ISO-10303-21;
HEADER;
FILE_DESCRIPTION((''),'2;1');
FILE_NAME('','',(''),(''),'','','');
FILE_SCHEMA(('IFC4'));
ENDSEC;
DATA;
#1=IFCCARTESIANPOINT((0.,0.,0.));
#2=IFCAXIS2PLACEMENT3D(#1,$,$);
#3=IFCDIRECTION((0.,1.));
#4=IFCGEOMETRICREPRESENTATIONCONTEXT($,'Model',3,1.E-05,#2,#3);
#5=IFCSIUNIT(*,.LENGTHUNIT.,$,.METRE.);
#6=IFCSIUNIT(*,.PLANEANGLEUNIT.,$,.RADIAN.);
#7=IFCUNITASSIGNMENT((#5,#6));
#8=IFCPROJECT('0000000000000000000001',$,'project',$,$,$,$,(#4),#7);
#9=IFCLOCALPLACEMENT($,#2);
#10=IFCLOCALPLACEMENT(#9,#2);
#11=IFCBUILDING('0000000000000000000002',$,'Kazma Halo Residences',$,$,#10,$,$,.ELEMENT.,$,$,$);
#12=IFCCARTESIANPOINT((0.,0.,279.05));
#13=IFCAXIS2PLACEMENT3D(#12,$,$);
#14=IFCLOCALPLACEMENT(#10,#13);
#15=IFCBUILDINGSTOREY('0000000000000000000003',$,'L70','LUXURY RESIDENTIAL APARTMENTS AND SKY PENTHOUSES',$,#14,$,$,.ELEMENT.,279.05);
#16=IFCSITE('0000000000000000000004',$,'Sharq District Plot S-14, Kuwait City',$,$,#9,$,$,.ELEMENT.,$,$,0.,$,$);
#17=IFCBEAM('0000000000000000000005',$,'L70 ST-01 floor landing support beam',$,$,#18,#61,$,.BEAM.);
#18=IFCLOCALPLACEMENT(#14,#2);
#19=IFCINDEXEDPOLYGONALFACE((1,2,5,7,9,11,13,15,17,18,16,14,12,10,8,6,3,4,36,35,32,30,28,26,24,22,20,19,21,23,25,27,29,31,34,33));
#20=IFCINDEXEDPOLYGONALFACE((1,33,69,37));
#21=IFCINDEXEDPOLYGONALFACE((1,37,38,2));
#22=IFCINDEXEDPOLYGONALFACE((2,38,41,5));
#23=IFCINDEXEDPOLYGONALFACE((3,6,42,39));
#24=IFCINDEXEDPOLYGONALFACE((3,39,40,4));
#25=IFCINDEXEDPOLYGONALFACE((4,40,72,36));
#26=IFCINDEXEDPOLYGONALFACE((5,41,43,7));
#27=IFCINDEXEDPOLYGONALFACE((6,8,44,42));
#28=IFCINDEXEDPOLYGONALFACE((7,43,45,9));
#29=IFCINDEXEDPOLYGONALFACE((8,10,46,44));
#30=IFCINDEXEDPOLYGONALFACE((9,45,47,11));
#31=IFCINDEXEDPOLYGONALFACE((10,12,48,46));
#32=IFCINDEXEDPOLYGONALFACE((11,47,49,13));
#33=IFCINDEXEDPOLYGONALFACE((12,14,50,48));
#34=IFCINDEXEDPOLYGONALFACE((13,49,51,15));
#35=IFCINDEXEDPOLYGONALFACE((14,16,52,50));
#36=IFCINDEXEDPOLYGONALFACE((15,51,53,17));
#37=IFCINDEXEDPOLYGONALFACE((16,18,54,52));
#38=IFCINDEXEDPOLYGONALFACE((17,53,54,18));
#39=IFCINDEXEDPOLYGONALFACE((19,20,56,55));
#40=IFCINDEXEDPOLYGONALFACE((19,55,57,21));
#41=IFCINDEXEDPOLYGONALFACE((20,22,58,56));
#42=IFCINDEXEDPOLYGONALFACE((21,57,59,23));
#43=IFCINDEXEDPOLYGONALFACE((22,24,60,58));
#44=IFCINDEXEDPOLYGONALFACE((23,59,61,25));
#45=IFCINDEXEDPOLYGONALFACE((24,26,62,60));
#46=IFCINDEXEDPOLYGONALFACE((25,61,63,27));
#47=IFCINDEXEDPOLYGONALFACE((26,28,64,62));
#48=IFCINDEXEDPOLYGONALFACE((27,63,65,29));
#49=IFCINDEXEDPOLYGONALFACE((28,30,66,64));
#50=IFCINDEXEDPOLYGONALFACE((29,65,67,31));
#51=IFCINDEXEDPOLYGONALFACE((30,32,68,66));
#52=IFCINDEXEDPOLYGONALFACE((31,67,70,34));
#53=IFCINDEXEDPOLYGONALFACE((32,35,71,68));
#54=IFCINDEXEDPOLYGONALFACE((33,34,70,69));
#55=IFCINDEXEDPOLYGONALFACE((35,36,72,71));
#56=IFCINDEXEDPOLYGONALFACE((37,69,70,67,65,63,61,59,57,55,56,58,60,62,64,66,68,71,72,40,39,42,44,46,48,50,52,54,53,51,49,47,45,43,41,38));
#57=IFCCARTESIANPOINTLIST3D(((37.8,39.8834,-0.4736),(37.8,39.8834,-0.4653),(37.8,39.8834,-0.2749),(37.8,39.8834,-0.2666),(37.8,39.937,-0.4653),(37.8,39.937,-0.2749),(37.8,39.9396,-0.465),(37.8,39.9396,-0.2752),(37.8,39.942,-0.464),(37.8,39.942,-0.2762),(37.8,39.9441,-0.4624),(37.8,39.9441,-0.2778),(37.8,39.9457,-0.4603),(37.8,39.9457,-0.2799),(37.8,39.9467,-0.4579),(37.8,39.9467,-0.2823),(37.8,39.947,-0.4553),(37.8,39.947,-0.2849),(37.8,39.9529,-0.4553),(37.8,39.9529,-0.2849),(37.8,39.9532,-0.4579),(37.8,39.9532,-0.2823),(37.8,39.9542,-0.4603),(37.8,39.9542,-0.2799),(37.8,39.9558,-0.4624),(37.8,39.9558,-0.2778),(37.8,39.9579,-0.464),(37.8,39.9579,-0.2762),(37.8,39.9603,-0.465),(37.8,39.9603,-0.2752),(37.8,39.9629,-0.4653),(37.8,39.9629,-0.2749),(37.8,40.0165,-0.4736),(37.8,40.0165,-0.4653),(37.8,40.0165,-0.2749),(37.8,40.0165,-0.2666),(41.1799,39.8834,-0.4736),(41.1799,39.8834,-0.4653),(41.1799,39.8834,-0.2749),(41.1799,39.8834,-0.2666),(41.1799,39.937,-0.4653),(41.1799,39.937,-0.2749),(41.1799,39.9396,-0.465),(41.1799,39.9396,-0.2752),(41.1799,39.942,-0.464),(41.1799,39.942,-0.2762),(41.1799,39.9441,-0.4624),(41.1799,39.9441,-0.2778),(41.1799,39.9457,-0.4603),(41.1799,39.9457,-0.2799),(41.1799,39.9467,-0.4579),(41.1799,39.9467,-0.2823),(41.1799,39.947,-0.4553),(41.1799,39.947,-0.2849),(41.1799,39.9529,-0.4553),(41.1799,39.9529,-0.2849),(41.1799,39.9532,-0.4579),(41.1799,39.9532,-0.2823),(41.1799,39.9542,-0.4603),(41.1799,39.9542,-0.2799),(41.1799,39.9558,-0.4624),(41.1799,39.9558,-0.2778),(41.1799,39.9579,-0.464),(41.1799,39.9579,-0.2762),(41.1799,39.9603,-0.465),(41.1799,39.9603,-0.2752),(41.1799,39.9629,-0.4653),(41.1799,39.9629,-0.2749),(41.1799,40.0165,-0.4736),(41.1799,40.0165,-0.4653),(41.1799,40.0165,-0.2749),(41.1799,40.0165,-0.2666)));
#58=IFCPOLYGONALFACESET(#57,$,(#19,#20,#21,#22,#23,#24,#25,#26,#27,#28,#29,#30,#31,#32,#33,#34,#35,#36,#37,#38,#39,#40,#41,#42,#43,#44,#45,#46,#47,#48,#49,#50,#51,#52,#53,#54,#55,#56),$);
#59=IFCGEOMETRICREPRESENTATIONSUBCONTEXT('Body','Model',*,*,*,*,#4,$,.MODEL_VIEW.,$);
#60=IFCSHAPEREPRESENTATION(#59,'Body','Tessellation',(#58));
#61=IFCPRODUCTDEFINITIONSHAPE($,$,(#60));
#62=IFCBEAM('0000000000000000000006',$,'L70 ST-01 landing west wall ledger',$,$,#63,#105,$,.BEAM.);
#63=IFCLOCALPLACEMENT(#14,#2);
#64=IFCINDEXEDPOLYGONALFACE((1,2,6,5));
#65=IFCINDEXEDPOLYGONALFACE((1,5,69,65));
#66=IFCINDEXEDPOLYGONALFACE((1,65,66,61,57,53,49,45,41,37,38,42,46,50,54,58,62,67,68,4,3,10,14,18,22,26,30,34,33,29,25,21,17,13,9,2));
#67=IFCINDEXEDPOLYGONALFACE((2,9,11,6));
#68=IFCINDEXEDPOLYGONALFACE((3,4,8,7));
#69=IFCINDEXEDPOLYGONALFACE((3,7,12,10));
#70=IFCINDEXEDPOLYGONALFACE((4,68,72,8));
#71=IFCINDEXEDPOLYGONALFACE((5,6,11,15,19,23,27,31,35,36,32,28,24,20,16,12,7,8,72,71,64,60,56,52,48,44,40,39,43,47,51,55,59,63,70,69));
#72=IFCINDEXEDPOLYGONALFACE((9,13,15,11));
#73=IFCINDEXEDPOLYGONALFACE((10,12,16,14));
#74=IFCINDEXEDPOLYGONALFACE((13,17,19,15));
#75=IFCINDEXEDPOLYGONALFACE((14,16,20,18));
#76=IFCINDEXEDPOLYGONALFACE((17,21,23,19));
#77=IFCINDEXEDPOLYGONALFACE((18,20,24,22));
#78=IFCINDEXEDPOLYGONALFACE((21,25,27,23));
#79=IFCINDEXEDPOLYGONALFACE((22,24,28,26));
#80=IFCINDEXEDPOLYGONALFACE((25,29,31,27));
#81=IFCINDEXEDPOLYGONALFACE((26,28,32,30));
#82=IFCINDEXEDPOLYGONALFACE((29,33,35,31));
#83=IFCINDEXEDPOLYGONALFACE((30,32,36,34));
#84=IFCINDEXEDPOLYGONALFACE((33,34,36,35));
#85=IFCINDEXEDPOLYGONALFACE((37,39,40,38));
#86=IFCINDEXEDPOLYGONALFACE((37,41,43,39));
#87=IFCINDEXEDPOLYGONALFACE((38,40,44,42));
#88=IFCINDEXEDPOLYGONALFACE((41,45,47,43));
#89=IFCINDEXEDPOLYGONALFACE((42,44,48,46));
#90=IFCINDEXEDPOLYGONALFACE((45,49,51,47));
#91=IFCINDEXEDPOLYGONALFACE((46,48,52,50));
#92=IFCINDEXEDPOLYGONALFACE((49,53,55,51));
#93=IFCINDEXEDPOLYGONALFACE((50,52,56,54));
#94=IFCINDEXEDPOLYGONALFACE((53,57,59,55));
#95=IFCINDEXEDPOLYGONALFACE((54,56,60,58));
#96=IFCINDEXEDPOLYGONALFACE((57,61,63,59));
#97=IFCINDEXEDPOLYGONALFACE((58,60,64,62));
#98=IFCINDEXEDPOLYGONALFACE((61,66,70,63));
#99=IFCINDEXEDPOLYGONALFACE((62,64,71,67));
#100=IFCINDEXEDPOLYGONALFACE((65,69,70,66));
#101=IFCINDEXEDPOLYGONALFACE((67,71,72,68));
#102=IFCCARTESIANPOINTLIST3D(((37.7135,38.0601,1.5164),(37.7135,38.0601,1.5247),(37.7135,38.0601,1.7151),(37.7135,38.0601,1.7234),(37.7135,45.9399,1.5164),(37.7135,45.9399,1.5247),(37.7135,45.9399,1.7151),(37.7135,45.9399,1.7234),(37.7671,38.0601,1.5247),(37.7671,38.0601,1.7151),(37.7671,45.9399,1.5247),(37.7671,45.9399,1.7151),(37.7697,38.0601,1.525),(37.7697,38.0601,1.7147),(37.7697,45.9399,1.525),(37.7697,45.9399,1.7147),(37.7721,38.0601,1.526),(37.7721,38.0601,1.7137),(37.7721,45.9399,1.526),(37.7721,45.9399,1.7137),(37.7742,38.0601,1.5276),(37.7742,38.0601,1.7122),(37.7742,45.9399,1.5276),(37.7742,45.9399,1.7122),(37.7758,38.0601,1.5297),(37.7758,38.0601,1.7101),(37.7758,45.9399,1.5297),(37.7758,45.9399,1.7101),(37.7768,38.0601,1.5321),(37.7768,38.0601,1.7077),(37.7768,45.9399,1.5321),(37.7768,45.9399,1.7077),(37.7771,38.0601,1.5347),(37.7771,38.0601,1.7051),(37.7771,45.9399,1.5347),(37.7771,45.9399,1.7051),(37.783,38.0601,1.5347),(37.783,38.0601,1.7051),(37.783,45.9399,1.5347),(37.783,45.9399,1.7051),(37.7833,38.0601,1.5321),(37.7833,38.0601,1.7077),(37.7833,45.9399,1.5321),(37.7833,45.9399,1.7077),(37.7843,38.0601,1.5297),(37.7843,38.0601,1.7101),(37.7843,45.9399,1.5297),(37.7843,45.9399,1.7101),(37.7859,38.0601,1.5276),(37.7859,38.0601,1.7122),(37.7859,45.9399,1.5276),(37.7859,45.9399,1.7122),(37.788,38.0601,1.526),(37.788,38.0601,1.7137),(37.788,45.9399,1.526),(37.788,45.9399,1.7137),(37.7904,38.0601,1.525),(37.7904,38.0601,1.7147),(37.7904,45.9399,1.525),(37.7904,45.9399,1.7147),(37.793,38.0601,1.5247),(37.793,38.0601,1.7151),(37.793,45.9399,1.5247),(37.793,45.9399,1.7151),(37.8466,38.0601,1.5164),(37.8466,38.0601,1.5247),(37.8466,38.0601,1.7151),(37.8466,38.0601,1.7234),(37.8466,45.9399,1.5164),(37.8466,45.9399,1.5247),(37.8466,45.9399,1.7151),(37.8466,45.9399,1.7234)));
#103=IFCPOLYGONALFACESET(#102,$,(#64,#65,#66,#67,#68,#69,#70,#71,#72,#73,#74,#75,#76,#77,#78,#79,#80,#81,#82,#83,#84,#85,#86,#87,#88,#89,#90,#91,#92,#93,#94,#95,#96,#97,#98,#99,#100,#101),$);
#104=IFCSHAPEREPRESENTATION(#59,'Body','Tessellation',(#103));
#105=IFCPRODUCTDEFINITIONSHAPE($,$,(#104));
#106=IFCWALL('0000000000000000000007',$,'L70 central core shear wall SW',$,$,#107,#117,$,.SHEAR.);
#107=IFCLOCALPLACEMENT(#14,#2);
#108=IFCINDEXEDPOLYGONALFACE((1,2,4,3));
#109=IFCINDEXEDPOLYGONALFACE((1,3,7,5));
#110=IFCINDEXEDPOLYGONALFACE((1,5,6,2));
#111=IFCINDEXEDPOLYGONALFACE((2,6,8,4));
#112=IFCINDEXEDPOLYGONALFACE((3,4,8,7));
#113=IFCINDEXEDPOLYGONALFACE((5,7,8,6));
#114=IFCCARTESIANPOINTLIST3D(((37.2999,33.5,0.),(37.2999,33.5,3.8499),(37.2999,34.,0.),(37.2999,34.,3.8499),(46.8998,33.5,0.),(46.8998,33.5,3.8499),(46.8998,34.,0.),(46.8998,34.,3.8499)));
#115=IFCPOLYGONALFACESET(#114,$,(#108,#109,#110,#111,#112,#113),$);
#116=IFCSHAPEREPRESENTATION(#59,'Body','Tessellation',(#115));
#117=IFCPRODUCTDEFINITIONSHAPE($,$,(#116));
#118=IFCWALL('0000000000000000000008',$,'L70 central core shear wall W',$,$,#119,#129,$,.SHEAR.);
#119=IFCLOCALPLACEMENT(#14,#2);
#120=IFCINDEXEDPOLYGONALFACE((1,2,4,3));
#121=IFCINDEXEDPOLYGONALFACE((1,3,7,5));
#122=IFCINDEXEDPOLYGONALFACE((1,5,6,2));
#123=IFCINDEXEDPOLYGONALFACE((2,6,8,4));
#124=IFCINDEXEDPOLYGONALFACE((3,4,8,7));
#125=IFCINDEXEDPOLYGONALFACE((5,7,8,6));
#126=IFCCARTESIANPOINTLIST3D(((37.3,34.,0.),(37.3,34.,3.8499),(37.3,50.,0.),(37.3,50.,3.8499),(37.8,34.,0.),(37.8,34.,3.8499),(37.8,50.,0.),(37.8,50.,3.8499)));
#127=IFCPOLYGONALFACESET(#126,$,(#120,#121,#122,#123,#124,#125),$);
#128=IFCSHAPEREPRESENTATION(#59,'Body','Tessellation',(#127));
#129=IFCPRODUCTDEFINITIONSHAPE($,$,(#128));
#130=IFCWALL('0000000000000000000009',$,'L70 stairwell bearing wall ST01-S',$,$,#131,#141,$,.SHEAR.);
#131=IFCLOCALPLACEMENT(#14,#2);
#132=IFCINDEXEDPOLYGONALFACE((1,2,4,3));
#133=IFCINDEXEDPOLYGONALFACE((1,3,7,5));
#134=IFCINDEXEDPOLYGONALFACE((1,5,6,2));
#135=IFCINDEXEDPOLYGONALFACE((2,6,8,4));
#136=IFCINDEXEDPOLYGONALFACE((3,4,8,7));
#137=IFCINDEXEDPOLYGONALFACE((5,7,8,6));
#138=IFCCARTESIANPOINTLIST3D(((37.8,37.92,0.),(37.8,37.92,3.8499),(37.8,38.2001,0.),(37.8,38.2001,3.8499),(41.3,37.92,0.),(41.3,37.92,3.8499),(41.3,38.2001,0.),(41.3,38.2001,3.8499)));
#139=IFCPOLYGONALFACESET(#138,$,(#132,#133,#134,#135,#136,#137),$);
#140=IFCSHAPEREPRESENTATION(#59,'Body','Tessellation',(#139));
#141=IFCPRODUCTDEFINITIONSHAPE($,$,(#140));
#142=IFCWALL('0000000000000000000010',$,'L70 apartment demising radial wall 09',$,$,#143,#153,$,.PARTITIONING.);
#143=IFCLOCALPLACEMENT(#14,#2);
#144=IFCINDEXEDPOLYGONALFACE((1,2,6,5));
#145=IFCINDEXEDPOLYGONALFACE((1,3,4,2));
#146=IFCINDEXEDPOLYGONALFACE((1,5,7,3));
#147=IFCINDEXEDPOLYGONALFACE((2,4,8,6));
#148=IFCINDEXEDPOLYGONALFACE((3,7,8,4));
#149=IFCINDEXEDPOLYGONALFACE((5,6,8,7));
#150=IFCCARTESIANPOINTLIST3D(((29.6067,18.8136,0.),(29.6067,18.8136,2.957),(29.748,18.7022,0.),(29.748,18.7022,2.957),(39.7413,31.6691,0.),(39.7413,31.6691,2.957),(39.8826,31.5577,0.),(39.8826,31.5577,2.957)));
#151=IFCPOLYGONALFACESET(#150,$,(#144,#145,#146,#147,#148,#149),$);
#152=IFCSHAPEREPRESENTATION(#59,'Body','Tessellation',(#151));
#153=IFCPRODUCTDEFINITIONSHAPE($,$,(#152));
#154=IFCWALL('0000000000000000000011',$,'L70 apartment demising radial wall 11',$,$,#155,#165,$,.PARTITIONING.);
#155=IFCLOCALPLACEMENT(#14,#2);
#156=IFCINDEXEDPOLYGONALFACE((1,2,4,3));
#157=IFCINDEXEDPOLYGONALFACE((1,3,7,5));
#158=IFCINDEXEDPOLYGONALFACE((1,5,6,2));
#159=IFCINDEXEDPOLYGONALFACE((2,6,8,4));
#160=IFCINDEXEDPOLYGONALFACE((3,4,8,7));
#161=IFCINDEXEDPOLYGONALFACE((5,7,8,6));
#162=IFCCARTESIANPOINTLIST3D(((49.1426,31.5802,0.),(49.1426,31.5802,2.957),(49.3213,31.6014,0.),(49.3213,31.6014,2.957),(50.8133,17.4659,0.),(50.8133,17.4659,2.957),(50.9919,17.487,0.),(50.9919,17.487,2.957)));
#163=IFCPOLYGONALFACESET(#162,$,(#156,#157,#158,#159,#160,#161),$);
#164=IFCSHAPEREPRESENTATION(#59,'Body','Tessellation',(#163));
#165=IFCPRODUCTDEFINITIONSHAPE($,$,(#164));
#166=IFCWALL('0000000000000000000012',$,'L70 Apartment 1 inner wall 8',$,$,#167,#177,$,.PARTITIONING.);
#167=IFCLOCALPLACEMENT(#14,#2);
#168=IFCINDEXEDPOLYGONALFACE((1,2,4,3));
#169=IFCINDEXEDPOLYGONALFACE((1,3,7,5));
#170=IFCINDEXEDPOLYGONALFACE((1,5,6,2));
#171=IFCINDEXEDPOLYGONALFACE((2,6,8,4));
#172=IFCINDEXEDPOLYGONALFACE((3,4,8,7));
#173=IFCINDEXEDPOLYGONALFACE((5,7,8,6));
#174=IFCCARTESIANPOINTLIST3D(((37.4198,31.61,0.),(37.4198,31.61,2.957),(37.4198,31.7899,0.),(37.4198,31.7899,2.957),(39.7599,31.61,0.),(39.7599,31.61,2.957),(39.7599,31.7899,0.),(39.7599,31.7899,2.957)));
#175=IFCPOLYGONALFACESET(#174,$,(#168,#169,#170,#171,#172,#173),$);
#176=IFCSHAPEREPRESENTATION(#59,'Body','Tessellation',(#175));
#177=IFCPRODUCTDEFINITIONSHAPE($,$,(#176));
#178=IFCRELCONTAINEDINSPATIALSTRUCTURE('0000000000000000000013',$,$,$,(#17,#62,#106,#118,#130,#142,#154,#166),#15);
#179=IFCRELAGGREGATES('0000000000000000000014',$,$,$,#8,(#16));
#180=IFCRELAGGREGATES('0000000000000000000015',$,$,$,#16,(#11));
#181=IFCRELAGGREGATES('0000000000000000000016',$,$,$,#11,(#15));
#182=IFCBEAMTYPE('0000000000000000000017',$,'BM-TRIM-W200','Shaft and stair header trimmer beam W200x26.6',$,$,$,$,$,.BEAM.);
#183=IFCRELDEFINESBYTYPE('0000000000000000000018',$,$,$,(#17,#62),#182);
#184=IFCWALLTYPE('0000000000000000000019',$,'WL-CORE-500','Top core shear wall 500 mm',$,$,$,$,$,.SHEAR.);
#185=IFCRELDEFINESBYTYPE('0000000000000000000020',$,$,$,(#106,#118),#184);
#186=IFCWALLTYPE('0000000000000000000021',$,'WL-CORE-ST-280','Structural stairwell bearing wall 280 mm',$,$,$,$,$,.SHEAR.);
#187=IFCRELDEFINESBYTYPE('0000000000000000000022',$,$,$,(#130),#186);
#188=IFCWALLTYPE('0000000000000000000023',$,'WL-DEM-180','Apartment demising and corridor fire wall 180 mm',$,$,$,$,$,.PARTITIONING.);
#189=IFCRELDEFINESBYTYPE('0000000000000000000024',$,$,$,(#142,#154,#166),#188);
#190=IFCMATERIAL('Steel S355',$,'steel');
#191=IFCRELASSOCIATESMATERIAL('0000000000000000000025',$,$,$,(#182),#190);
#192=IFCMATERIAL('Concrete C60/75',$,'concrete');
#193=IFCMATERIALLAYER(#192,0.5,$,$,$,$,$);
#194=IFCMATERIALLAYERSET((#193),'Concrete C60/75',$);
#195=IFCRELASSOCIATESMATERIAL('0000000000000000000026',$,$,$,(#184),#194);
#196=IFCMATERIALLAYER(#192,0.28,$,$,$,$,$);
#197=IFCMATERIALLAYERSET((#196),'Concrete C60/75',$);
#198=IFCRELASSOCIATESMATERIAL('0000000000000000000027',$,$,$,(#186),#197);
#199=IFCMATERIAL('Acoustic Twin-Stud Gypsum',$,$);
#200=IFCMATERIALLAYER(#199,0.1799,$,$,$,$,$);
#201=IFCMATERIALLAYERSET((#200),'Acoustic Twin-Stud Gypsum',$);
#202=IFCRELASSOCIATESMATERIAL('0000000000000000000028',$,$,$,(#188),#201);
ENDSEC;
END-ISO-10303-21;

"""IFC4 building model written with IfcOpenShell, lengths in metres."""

from ifc_helpers import new_model, si_unit, direction, frame, frame_2d, origin, origin_2d, place, context, subcontext, project, spatial, rectangle, i_section, extrude, material, layer, layer_set, material_profile, profile_set, type_object, element, save


model = new_model("IFC4")

# Units and contexts
model_context = context("Model", 3, precision=1e-05, world=origin(), true_north=direction((0.0, 1.0)))
body_context = subcontext(model_context, "Body", "Model", "MODEL_VIEW")
ifc_project = project(units=[si_unit("LENGTHUNIT", "METRE"), si_unit("PLANEANGLEUNIT", "RADIAN")], contexts=[model_context])

# Site, building, storey
site_placement = place(None, origin())
site = spatial("IfcSite", under=ifc_project, at=site_placement, Name="Sharq District Plot S-14, Kuwait City", CompositionType="ELEMENT", RefElevation=0.0)
building_placement = place(site_placement, origin())
building = spatial("IfcBuilding", under=site, at=building_placement, Name="Kazma Halo Residences", CompositionType="ELEMENT")
storey_placement = place(building_placement, frame((0.0, 0.0, 279.05)))
storey = spatial("IfcBuildingStorey", under=building, at=storey_placement, Name="L70", Description="LUXURY RESIDENTIAL APARTMENTS AND SKY PENTHOUSES", CompositionType="ELEMENT", Elevation=279.05)

# Beams
ifc_material_1 = material(Name="Steel S355", Category="steel")
ifc_material_profile_1 = material_profile(ifc_material_1, i_section(OverallWidth=0.1331, OverallDepth=0.207, WebThickness=0.0059, FlangeThickness=0.0083, FilletRadius=0.01, at=origin_2d()), Name="W200x26.6")
ifc_profile_set_1 = profile_set([ifc_material_profile_1], Name="Steel S355")
beam_type_1 = type_object("IfcBeamType", Name="BM-TRIM-W200", Description="Shaft and stair header trimmer beam W200x26.6", PredefinedType="BEAM", material=ifc_profile_set_1)
beam_1_placement = place(storey_placement, frame((37.8, 39.95, -0.3701), z_axis=(1.0, 0.0, 0.0), x_axis=(0.0, 1.0, 0.0)))
element("IfcBeam", 1, at=beam_1_placement, inside=storey, type_object=beam_type_1, Name="L70 ST-01 floor landing support beam", PredefinedType="BEAM", context=body_context, shape_type="SweptSolid", body=[
    extrude(i_section(OverallWidth=0.1331, OverallDepth=0.207, WebThickness=0.0059, FlangeThickness=0.0083, FilletRadius=0.01, at=origin_2d()), origin(), (0.0, 0.0, 1.0), 3.3799),
])
beam_2_placement = place(storey_placement, frame((37.78, 38.0601, 1.6199), z_axis=(0.0, 1.0, 0.0), x_axis=(-1.0, 0.0, 0.0)))
element("IfcBeam", 2, at=beam_2_placement, inside=storey, type_object=beam_type_1, Name="L70 ST-01 landing west wall ledger", PredefinedType="BEAM", context=body_context, shape_type="SweptSolid", body=[
    extrude(i_section(OverallWidth=0.1331, OverallDepth=0.207, WebThickness=0.0059, FlangeThickness=0.0083, FilletRadius=0.01, at=origin_2d()), origin(), (0.0, 0.0, 1.0), 7.8799),
])

# Walls
ifc_material_2 = material(Name="Concrete C60/75", Category="concrete")
ifc_layer_1 = layer(ifc_material_2, 0.5)
ifc_layer_set_1 = layer_set([ifc_layer_1], Name="Concrete C60/75")
wall_type_1 = type_object("IfcWallType", Name="WL-CORE-500", Description="Top core shear wall 500 mm", PredefinedType="SHEAR", material=ifc_layer_set_1)
wall_1_placement = place(storey_placement, frame((37.3, 33.75, 0.0), z_axis=(0.0, 0.0, 1.0), x_axis=(1.0, 0.0, 0.0)))
element("IfcWall", 3, at=wall_1_placement, inside=storey, type_object=wall_type_1, Name="L70 central core shear wall SW", PredefinedType="SHEAR", context=body_context, shape_type="SweptSolid", body=[
    extrude(rectangle(XDim=9.5999, YDim=0.5, at=frame_2d((4.7998, 0.0))), origin(), (0.0, 0.0, 1.0), 3.8499),
])
wall_2_placement = place(storey_placement, frame((37.55, 34.0, 0.0), z_axis=(0.0, 0.0, 1.0), x_axis=(0.0, 1.0, 0.0)))
element("IfcWall", 4, at=wall_2_placement, inside=storey, type_object=wall_type_1, Name="L70 central core shear wall W", PredefinedType="SHEAR", context=body_context, shape_type="SweptSolid", body=[
    extrude(rectangle(XDim=16.0, YDim=0.5, at=frame_2d((8.0, 0.0))), origin(), (0.0, 0.0, 1.0), 3.8499),
])
ifc_layer_2 = layer(ifc_material_2, 0.28)
ifc_layer_set_2 = layer_set([ifc_layer_2], Name="Concrete C60/75")
wall_type_2 = type_object("IfcWallType", Name="WL-CORE-ST-280", Description="Structural stairwell bearing wall 280 mm", PredefinedType="SHEAR", material=ifc_layer_set_2)
wall_3_placement = place(storey_placement, frame((37.8, 38.0601, 0.0), z_axis=(0.0, 0.0, 1.0), x_axis=(1.0, 0.0, 0.0)))
element("IfcWall", 5, at=wall_3_placement, inside=storey, type_object=wall_type_2, Name="L70 stairwell bearing wall ST01-S", PredefinedType="SHEAR", context=body_context, shape_type="SweptSolid", body=[
    extrude(rectangle(XDim=3.5, YDim=0.28, at=frame_2d((1.75, 0.0))), origin(), (0.0, 0.0, 1.0), 3.8499),
])
ifc_material_3 = material(Name="Acoustic Twin-Stud Gypsum")
ifc_layer_3 = layer(ifc_material_3, 0.1799)
ifc_layer_set_3 = layer_set([ifc_layer_3], Name="Acoustic Twin-Stud Gypsum")
wall_type_3 = type_object("IfcWallType", Name="WL-DEM-180", Description="Apartment demising and corridor fire wall 180 mm", PredefinedType="PARTITIONING", material=ifc_layer_set_3)
wall_4_placement = place(storey_placement, frame((39.812, 31.6135, 0.0), z_axis=(0.0, 0.0, 1.0), x_axis=(-0.619097, -0.785314, 0.0)))
element("IfcWall", 6, at=wall_4_placement, inside=storey, type_object=wall_type_3, Name="L70 apartment demising radial wall 09", PredefinedType="PARTITIONING", context=body_context, shape_type="SweptSolid", body=[
    extrude(rectangle(XDim=16.3699, YDim=0.1799, at=frame_2d((8.1851, 0.0))), origin(), (0.0, 0.0, 1.0), 2.957),
])
wall_5_placement = place(storey_placement, frame((49.2319, 31.5908, 0.0), z_axis=(0.0, 0.0, 1.0), x_axis=(0.117546, -0.993067, 0.0)))
element("IfcWall", 7, at=wall_5_placement, inside=storey, type_object=wall_type_3, Name="L70 apartment demising radial wall 11", PredefinedType="PARTITIONING", context=body_context, shape_type="SweptSolid", body=[
    extrude(rectangle(XDim=14.2129, YDim=0.1799, at=frame_2d((7.1064, 0.0))), origin(), (0.0, 0.0, 1.0), 2.957),
])
wall_6_placement = place(storey_placement, frame((37.4199, 31.7, 0.0), z_axis=(0.0, 0.0, 1.0), x_axis=(1.0, 0.0, 0.0)))
element("IfcWall", 8, at=wall_6_placement, inside=storey, type_object=wall_type_3, Name="L70 Apartment 1 inner wall 8", PredefinedType="PARTITIONING", context=body_context, shape_type="SweptSolid", body=[
    extrude(rectangle(XDim=2.3401, YDim=0.1799, at=frame_2d((1.1699, 0.0))), origin(), (0.0, 0.0, 1.0), 2.957),
])

save(model, "model.ifc")
